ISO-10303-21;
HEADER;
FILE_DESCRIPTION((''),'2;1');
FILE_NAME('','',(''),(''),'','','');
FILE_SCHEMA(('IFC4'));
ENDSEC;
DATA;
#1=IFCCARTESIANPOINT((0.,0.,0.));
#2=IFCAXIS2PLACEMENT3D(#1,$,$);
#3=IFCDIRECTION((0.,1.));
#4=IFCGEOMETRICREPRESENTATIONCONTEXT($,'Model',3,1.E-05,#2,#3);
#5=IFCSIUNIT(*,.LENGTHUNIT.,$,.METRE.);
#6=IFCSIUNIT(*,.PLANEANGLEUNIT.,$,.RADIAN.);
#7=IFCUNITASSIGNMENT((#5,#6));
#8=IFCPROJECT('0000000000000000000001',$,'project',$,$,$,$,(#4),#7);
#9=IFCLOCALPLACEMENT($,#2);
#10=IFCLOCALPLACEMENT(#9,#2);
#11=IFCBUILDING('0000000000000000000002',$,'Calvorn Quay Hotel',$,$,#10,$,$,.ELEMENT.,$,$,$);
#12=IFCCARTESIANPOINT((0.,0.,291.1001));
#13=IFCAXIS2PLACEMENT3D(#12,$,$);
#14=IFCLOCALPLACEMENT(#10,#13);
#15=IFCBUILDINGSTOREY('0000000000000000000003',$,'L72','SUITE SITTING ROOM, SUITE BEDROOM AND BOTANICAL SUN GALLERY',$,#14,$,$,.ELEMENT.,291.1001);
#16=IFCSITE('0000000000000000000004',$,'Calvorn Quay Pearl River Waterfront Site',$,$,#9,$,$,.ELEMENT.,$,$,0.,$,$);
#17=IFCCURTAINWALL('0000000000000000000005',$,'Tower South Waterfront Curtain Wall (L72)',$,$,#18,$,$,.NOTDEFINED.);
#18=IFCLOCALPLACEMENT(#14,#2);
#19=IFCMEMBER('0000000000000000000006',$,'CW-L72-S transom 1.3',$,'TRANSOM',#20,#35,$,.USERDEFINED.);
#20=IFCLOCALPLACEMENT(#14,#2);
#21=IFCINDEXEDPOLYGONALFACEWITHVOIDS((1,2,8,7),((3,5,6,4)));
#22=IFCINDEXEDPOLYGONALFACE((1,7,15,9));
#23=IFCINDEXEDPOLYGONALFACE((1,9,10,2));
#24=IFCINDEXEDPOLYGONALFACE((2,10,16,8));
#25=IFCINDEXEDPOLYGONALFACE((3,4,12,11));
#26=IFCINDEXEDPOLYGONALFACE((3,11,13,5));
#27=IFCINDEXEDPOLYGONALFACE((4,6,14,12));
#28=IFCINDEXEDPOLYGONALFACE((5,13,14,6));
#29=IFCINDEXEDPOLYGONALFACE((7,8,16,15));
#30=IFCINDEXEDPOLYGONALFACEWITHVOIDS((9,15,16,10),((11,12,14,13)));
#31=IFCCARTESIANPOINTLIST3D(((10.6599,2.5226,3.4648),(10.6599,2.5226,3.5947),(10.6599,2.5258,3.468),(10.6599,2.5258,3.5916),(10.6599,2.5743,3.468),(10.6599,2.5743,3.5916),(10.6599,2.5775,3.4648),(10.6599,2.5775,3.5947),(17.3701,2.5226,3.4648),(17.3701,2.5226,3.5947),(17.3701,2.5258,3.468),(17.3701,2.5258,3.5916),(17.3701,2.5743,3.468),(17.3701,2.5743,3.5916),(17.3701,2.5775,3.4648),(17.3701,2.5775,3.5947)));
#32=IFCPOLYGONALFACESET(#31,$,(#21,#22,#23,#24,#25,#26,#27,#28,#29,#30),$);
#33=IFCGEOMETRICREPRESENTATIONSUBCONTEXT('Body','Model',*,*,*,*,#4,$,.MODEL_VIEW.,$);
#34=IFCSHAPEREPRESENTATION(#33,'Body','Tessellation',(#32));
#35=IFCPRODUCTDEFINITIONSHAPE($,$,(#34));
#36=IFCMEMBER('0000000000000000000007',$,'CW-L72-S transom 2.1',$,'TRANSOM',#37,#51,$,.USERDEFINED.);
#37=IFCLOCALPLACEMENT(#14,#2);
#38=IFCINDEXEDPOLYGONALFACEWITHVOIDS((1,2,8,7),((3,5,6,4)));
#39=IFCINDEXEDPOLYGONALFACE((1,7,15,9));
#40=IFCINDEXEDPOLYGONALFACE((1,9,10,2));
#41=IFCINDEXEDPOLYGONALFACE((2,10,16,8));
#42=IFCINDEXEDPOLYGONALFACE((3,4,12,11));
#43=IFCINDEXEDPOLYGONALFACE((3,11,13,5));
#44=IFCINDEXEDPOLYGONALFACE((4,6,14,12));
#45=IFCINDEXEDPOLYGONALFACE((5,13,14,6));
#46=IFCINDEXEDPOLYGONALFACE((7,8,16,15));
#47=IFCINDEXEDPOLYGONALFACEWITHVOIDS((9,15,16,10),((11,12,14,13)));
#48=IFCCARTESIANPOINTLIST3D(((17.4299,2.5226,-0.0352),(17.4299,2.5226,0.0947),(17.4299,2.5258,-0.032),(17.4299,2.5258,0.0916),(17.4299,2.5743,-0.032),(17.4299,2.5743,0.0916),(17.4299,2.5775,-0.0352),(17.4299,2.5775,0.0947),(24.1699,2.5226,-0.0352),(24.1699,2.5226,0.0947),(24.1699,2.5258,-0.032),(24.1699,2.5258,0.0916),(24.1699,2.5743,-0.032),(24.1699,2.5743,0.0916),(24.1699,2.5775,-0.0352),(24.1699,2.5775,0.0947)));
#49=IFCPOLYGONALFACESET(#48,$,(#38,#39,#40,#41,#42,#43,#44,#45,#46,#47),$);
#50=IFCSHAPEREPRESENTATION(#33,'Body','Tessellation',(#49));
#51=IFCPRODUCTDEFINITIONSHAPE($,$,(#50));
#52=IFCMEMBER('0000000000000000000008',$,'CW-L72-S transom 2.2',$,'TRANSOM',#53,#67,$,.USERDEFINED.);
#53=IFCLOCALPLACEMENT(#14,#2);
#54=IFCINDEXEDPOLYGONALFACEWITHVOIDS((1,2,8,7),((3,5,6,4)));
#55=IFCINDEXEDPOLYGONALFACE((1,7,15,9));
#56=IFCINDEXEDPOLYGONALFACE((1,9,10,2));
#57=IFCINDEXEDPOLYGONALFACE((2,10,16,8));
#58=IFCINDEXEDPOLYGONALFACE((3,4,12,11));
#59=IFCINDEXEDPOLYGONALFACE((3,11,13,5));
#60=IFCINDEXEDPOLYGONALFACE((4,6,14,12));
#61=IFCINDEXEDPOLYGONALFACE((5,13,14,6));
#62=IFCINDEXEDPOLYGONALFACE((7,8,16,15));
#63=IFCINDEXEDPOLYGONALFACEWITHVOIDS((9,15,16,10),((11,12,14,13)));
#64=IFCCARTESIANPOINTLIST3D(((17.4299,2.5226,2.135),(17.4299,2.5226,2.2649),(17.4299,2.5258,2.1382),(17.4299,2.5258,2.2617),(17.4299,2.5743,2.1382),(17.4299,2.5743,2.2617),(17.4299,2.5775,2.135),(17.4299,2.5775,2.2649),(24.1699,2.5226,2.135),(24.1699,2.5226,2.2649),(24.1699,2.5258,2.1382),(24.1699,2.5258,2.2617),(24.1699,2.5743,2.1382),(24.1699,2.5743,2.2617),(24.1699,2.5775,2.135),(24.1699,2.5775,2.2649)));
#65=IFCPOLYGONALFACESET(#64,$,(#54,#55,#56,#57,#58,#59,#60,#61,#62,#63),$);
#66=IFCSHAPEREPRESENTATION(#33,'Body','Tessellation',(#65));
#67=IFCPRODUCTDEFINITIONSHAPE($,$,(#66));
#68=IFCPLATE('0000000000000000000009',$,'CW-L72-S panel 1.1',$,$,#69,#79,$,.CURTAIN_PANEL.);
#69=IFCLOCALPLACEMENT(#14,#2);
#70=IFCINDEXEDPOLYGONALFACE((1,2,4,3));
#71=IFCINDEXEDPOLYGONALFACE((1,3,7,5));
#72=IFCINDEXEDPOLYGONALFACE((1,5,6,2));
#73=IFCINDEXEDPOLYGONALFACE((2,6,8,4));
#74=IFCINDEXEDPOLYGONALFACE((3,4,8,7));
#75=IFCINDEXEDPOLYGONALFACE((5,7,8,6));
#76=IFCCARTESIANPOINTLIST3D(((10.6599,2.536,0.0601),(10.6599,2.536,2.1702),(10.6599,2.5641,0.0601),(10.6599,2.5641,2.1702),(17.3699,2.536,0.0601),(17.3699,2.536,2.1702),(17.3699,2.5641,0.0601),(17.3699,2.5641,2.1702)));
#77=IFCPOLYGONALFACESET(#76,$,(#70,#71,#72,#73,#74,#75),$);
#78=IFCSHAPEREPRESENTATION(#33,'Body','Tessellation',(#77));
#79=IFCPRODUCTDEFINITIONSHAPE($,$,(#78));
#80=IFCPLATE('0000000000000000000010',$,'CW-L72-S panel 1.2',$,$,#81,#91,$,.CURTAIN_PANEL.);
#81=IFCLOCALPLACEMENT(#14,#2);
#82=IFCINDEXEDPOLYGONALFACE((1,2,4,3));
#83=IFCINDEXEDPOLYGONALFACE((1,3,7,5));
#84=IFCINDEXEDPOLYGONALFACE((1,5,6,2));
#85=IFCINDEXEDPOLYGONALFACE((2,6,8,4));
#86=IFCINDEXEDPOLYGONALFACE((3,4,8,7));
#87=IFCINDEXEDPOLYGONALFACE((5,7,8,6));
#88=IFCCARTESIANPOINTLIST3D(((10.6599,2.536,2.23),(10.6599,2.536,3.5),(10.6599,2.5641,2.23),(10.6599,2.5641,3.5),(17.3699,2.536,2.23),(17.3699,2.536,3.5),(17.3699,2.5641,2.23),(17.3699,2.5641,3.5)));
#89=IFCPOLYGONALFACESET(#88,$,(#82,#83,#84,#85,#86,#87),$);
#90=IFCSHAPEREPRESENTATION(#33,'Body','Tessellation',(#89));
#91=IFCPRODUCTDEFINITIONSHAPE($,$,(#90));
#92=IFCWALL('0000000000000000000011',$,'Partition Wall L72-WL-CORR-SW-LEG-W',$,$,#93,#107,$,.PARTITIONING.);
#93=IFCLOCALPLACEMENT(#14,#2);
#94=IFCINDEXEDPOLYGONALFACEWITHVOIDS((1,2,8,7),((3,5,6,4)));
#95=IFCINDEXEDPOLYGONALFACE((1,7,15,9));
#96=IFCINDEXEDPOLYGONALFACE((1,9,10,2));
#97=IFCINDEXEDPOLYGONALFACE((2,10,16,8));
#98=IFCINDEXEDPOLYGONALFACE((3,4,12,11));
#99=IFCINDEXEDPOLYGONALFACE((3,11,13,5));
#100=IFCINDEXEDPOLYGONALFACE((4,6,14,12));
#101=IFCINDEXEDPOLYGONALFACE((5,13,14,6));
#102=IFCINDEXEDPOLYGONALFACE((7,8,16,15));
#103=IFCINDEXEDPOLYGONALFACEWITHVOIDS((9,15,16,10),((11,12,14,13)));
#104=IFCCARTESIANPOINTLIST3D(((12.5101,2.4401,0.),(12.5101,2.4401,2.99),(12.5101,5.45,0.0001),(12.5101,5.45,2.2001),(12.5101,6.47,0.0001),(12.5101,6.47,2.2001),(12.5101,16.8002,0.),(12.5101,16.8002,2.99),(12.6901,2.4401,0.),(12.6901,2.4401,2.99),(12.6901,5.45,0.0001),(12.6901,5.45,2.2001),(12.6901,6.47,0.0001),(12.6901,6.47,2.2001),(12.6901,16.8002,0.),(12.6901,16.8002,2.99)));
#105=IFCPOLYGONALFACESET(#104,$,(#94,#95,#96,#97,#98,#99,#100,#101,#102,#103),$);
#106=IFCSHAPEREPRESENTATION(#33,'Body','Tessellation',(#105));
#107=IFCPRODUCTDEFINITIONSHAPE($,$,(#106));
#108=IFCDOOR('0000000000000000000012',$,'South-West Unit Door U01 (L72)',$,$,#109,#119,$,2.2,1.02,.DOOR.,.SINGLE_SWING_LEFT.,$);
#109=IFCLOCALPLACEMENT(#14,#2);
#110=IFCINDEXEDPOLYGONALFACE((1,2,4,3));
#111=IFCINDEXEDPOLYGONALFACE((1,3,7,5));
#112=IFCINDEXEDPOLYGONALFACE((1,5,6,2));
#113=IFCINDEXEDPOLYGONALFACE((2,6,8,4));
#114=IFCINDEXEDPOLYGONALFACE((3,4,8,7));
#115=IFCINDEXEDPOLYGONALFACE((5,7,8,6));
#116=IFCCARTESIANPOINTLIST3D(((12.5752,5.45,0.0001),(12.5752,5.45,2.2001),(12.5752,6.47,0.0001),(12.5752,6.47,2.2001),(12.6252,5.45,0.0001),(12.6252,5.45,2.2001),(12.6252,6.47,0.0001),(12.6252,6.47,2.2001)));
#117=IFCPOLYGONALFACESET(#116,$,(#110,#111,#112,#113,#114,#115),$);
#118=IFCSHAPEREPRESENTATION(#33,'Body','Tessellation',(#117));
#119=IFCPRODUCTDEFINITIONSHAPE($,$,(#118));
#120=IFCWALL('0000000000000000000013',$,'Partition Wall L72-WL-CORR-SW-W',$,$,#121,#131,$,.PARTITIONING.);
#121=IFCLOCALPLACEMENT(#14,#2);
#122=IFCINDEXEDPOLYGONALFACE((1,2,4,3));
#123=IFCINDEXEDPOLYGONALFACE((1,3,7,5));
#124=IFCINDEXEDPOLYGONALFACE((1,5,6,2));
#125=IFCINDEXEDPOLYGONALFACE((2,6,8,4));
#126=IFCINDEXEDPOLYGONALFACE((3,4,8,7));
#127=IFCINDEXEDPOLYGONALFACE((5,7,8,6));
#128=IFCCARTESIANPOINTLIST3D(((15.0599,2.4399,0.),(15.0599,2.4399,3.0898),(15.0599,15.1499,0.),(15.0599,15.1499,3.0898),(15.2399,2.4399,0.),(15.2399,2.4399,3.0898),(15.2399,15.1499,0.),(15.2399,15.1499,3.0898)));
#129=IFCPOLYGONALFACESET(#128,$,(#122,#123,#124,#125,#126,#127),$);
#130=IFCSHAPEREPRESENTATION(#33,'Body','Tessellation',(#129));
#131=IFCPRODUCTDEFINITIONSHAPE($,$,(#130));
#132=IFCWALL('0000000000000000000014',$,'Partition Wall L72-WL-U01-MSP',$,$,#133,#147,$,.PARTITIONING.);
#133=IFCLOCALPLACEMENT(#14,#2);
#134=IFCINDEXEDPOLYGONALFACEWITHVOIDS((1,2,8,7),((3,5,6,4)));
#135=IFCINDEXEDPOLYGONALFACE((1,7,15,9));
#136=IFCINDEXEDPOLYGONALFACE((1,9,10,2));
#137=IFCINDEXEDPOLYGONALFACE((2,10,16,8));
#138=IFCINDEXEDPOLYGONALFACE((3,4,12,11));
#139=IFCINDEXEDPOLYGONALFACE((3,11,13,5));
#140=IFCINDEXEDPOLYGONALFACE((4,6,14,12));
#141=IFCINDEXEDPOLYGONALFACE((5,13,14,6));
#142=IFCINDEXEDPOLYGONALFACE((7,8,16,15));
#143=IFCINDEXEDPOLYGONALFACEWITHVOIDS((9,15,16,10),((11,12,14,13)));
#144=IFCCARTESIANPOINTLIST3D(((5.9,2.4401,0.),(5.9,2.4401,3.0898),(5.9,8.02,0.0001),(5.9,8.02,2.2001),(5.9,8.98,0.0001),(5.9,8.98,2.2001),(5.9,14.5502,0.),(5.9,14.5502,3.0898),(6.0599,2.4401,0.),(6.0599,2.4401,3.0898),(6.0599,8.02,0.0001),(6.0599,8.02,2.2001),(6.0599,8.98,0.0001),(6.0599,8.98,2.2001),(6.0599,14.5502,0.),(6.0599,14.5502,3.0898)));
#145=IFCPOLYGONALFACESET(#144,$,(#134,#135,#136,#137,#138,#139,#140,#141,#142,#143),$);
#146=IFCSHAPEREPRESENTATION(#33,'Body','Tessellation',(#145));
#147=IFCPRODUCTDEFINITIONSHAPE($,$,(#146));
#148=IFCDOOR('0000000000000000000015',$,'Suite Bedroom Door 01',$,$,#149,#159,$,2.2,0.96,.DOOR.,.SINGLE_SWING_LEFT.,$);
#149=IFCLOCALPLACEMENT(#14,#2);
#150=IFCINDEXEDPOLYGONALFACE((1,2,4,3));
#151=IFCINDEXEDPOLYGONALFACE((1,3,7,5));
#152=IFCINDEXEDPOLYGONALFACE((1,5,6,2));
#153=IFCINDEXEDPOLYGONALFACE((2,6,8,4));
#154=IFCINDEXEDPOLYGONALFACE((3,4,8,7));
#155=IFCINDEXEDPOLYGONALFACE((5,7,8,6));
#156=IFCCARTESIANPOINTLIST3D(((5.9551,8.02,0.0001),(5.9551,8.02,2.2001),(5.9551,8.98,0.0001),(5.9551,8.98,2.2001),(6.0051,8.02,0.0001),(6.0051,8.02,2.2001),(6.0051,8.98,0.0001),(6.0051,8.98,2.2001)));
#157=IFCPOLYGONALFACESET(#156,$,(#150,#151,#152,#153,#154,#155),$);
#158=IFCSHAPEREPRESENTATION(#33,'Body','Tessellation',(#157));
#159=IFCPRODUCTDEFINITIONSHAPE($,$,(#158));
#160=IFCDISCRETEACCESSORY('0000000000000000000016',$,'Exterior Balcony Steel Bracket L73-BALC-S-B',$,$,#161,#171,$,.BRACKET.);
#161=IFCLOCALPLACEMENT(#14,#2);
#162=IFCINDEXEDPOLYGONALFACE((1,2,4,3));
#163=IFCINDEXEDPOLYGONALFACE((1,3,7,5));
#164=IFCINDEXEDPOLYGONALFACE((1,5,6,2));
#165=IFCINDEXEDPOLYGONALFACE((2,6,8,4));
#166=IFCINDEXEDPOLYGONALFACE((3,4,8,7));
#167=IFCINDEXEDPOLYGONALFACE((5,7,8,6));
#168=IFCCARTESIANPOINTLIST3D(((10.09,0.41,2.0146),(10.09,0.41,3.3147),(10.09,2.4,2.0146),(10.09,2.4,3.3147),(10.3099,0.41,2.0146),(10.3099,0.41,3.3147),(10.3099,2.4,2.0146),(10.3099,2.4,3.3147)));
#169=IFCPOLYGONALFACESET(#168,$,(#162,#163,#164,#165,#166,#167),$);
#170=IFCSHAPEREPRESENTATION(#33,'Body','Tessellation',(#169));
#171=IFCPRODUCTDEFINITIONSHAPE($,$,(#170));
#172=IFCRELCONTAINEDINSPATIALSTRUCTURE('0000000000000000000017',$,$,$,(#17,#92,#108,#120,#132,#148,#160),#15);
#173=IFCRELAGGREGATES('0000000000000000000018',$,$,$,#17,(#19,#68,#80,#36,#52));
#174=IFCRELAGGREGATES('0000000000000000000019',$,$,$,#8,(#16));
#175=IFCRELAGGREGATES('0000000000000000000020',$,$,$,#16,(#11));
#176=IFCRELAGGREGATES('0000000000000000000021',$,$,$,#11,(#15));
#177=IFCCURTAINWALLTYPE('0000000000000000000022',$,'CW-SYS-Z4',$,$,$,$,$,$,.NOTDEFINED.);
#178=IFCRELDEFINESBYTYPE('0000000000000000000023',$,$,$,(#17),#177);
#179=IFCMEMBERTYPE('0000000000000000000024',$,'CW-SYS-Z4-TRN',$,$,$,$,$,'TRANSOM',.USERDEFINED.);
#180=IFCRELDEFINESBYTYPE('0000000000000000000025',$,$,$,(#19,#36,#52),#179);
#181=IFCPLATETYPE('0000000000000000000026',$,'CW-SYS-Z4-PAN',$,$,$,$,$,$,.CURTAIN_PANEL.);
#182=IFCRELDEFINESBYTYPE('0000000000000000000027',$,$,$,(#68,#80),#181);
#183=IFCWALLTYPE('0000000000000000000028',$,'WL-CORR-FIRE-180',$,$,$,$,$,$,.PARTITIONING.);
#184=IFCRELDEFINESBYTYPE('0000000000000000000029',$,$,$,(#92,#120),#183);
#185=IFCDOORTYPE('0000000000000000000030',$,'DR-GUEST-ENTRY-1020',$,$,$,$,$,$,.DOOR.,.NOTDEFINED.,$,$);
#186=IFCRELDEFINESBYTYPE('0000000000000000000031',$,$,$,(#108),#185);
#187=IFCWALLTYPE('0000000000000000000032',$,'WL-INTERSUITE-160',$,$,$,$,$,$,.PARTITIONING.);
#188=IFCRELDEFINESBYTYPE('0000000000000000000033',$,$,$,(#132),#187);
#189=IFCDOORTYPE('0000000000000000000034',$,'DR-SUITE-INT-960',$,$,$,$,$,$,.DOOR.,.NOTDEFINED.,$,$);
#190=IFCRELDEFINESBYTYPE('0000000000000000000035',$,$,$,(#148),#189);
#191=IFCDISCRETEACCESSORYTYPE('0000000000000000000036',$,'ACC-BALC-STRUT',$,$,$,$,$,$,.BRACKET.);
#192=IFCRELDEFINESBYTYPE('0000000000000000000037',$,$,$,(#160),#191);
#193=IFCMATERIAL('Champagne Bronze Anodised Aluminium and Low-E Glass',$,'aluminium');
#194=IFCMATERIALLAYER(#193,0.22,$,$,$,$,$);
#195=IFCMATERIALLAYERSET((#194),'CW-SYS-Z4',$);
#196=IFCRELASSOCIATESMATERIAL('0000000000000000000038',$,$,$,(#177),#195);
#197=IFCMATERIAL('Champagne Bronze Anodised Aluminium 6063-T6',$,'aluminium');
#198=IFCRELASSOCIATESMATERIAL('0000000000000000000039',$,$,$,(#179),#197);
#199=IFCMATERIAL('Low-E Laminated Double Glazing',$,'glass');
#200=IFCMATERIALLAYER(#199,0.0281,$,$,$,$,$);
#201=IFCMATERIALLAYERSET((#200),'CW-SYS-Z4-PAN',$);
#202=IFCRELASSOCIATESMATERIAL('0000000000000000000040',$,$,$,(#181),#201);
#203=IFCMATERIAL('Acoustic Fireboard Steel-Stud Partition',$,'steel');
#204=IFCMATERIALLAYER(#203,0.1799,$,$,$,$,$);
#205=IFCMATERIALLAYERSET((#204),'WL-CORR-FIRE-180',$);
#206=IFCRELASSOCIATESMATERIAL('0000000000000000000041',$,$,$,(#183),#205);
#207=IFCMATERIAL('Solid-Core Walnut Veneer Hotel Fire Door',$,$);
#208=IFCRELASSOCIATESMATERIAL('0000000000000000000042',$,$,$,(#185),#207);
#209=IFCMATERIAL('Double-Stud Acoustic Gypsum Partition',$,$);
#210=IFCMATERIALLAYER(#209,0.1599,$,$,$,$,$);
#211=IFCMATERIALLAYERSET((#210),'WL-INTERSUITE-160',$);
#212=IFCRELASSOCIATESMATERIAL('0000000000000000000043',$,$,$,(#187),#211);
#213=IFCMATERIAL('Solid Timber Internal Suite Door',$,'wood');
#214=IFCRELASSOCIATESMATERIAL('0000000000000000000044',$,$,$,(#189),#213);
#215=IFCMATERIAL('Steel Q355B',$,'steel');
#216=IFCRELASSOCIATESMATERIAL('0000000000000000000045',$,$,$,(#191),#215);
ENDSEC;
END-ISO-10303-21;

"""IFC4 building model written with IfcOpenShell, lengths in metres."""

from ifc_helpers import new_model, si_unit, direction, frame, frame_2d, origin, origin_2d, place, context, subcontext, project, spatial, rectangle, hollow_rectangle, extrude, material, layer, layer_set, material_profile, profile_set, type_object, element, fill, aggregate, save


model = new_model("IFC4")

# Units and contexts
model_context = context("Model", 3, precision=1e-05, world=origin(), true_north=direction((0.0, 1.0)))
body_context = subcontext(model_context, "Body", "Model", "MODEL_VIEW")
ifc_project = project(units=[si_unit("LENGTHUNIT", "METRE"), si_unit("PLANEANGLEUNIT", "RADIAN")], contexts=[model_context])

# Site, building, storey
site_placement = place(None, origin())
site = spatial("IfcSite", under=ifc_project, at=site_placement, Name="Calvorn Quay Pearl River Waterfront Site", CompositionType="ELEMENT", RefElevation=0.0)
building_placement = place(site_placement, origin())
building = spatial("IfcBuilding", under=site, at=building_placement, Name="Calvorn Quay Hotel", CompositionType="ELEMENT")
storey_placement = place(building_placement, frame((0.0, 0.0, 291.1001)))
storey = spatial("IfcBuildingStorey", under=building, at=storey_placement, Name="L72", Description="SUITE SITTING ROOM, SUITE BEDROOM AND BOTANICAL SUN GALLERY", CompositionType="ELEMENT", Elevation=291.1001)

# Curtain wall, members, plates
ifc_material_1 = material(Name="Champagne Bronze Anodised Aluminium and Low-E Glass", Category="aluminium")
ifc_layer_1 = layer(ifc_material_1, 0.22)
ifc_layer_set_1 = layer_set([ifc_layer_1], Name="CW-SYS-Z4")
curtain_wall_type = type_object("IfcCurtainWallType", Name="CW-SYS-Z4", PredefinedType="NOTDEFINED", material=ifc_layer_set_1)
curtain_wall_placement = place(storey_placement, origin())
curtain_wall = element("IfcCurtainWall", 1, at=curtain_wall_placement, inside=storey, type_object=curtain_wall_type, Name="Tower South Waterfront Curtain Wall (L72)", PredefinedType="NOTDEFINED")
ifc_material_2 = material(Name="Champagne Bronze Anodised Aluminium 6063-T6", Category="aluminium")
ifc_material_profile_1 = material_profile(ifc_material_2, hollow_rectangle(XDim=0.0549, YDim=0.1299, WallThickness=0.0032, at=origin_2d()), Name="ALU-T130x55x3.2")
ifc_profile_set_1 = profile_set([ifc_material_profile_1], Name="Champagne Bronze Anodised Aluminium 6063-T6")
member_type_1 = type_object("IfcMemberType", Name="CW-SYS-Z4-TRN", ElementType="TRANSOM", PredefinedType="USERDEFINED", material=ifc_profile_set_1)
member_1_placement = place(storey_placement, frame((10.6599, 2.55, 3.5298), z_axis=(1.0, 0.0, 0.0), x_axis=(0.0, 1.0, 0.0)))
member_1 = element("IfcMember", 2, at=member_1_placement, type_object=member_type_1, Name="CW-L72-S transom 1.3", ObjectType="TRANSOM", PredefinedType="USERDEFINED", context=body_context, shape_type="SweptSolid", body=[
    extrude(hollow_rectangle(XDim=0.0549, YDim=0.1299, WallThickness=0.0032, at=origin_2d()), origin(), (0.0, 0.0, 1.0), 6.7102),
])
member_2_placement = place(storey_placement, frame((17.4299, 2.55, 0.0298), z_axis=(1.0, 0.0, 0.0), x_axis=(0.0, 1.0, 0.0)))
member_2 = element("IfcMember", 3, at=member_2_placement, type_object=member_type_1, Name="CW-L72-S transom 2.1", ObjectType="TRANSOM", PredefinedType="USERDEFINED", context=body_context, shape_type="SweptSolid", body=[
    extrude(hollow_rectangle(XDim=0.0549, YDim=0.1299, WallThickness=0.0032, at=origin_2d()), origin(), (0.0, 0.0, 1.0), 6.74),
])
member_3_placement = place(storey_placement, frame((17.4299, 2.55, 2.2), z_axis=(1.0, 0.0, 0.0), x_axis=(0.0, 1.0, 0.0)))
member_3 = element("IfcMember", 4, at=member_3_placement, type_object=member_type_1, Name="CW-L72-S transom 2.2", ObjectType="TRANSOM", PredefinedType="USERDEFINED", context=body_context, shape_type="SweptSolid", body=[
    extrude(hollow_rectangle(XDim=0.0549, YDim=0.1299, WallThickness=0.0032, at=origin_2d()), origin(), (0.0, 0.0, 1.0), 6.74),
])
ifc_material_3 = material(Name="Low-E Laminated Double Glazing", Category="glass")
ifc_layer_2 = layer(ifc_material_3, 0.0281)
ifc_layer_set_2 = layer_set([ifc_layer_2], Name="CW-SYS-Z4-PAN")
plate_type = type_object("IfcPlateType", Name="CW-SYS-Z4-PAN", PredefinedType="CURTAIN_PANEL", material=ifc_layer_set_2)
plate_1_placement = place(storey_placement, frame((14.0149, 2.55, 0.0601), z_axis=(0.0, 0.0, 1.0), x_axis=(1.0, 0.0, 0.0)))
plate_1 = element("IfcPlate", 5, at=plate_1_placement, type_object=plate_type, Name="CW-L72-S panel 1.1", PredefinedType="CURTAIN_PANEL", context=body_context, shape_type="SweptSolid", body=[
    extrude(rectangle(XDim=6.71, YDim=0.0281, at=origin_2d()), origin(), (0.0, 0.0, 1.0), 2.1101),
])
plate_2_placement = place(storey_placement, frame((14.0149, 2.55, 2.23), z_axis=(0.0, 0.0, 1.0), x_axis=(1.0, 0.0, 0.0)))
plate_2 = element("IfcPlate", 6, at=plate_2_placement, type_object=plate_type, Name="CW-L72-S panel 1.2", PredefinedType="CURTAIN_PANEL", context=body_context, shape_type="SweptSolid", body=[
    extrude(rectangle(XDim=6.71, YDim=0.0281, at=origin_2d()), origin(), (0.0, 0.0, 1.0), 1.27),
])
aggregate(curtain_wall, [member_1, plate_1, plate_2, member_2, member_3])

# Wall, opening, door
ifc_material_4 = material(Name="Acoustic Fireboard Steel-Stud Partition", Category="steel")
ifc_layer_3 = layer(ifc_material_4, 0.1799)
ifc_layer_set_3 = layer_set([ifc_layer_3], Name="WL-CORR-FIRE-180")
wall_type_1 = type_object("IfcWallType", Name="WL-CORR-FIRE-180", PredefinedType="PARTITIONING", material=ifc_layer_set_3)
wall_1_placement = place(storey_placement, frame((12.6001, 2.4399, 0.0), z_axis=(0.0, 0.0, 1.0), x_axis=(0.0, 1.0, 0.0)))
wall_1 = element("IfcWall", 7, at=wall_1_placement, inside=storey, type_object=wall_type_1, Name="Partition Wall L72-WL-CORR-SW-LEG-W", PredefinedType="PARTITIONING", context=body_context, shape_type="SweptSolid", body=[
    extrude(rectangle(XDim=14.3601, YDim=0.1799, at=frame_2d((7.1802, 0.0))), origin(), (0.0, 0.0, 1.0), 2.99),
])
opening_1_placement = place(wall_1_placement, frame((3.01, 0.0, 0.0)))
opening_1 = element("IfcOpeningElement", 8, at=opening_1_placement, cuts=wall_1, PredefinedType="OPENING", context=body_context, shape_type="SweptSolid", body=[
    extrude(rectangle(XDim=1.02, YDim=2.2, at=frame_2d((0.51, 1.1001))), frame((0.0, 0.0999, 0.0), z_axis=(0.0, -1.0, 0.0), x_axis=(1.0, 0.0, 0.0)), (0.0, 0.0, 1.0), 0.2),
])
ifc_material_5 = material(Name="Solid-Core Walnut Veneer Hotel Fire Door")
door_type_1 = type_object("IfcDoorType", Name="DR-GUEST-ENTRY-1020", OperationType="NOTDEFINED", PredefinedType="DOOR", material=ifc_material_5)
door_1_placement = place(opening_1_placement, origin())
door_1 = element("IfcDoor", 9, at=door_1_placement, inside=storey, type_object=door_type_1, Name="South-West Unit Door U01 (L72)", OperationType="SINGLE_SWING_LEFT", OverallHeight=2.2, OverallWidth=1.02, PredefinedType="DOOR", context=body_context, shape_type="SweptSolid", body=[
    extrude(rectangle(XDim=1.02, YDim=2.2, at=frame_2d((0.51, 1.1001))), frame((0.0, 0.0249, 0.0), z_axis=(0.0, -1.0, 0.0), x_axis=(1.0, 0.0, 0.0)), (0.0, 0.0, 1.0), 0.05),
])
fill(opening_1, door_1)

# Wall
wall_2_placement = place(storey_placement, frame((15.1499, 2.4399, 0.0), z_axis=(0.0, 0.0, 1.0), x_axis=(0.0, 1.0, 0.0)))
element("IfcWall", 10, at=wall_2_placement, inside=storey, type_object=wall_type_1, Name="Partition Wall L72-WL-CORR-SW-W", PredefinedType="PARTITIONING", context=body_context, shape_type="SweptSolid", body=[
    extrude(rectangle(XDim=12.71, YDim=0.1799, at=frame_2d((6.355, 0.0))), origin(), (0.0, 0.0, 1.0), 3.0898),
])

# Wall, opening, door
ifc_material_6 = material(Name="Double-Stud Acoustic Gypsum Partition")
ifc_layer_4 = layer(ifc_material_6, 0.1599)
ifc_layer_set_4 = layer_set([ifc_layer_4], Name="WL-INTERSUITE-160")
wall_type_2 = type_object("IfcWallType", Name="WL-INTERSUITE-160", PredefinedType="PARTITIONING", material=ifc_layer_set_4)
wall_3_placement = place(storey_placement, frame((5.98, 2.4399, 0.0), z_axis=(0.0, 0.0, 1.0), x_axis=(0.0, 1.0, 0.0)))
wall_3 = element("IfcWall", 11, at=wall_3_placement, inside=storey, type_object=wall_type_2, Name="Partition Wall L72-WL-U01-MSP", PredefinedType="PARTITIONING", context=body_context, shape_type="SweptSolid", body=[
    extrude(rectangle(XDim=12.1101, YDim=0.1599, at=frame_2d((6.0552, 0.0))), origin(), (0.0, 0.0, 1.0), 3.0898),
])
opening_2_placement = place(wall_3_placement, frame((5.5801, 0.0, 0.0)))
opening_2 = element("IfcOpeningElement", 12, at=opening_2_placement, cuts=wall_3, PredefinedType="OPENING", context=body_context, shape_type="SweptSolid", body=[
    extrude(rectangle(XDim=0.96, YDim=2.2, at=frame_2d((0.48, 1.1001))), frame((0.0, 0.0898, 0.0), z_axis=(0.0, -1.0, 0.0), x_axis=(1.0, 0.0, 0.0)), (0.0, 0.0, 1.0), 0.1799),
])
ifc_material_7 = material(Name="Solid Timber Internal Suite Door", Category="wood")
door_type_2 = type_object("IfcDoorType", Name="DR-SUITE-INT-960", OperationType="NOTDEFINED", PredefinedType="DOOR", material=ifc_material_7)
door_2_placement = place(opening_2_placement, origin())
door_2 = element("IfcDoor", 13, at=door_2_placement, inside=storey, type_object=door_type_2, Name="Suite Bedroom Door 01", OperationType="SINGLE_SWING_LEFT", OverallHeight=2.2, OverallWidth=0.96, PredefinedType="DOOR", context=body_context, shape_type="SweptSolid", body=[
    extrude(rectangle(XDim=0.96, YDim=2.2, at=frame_2d((0.48, 1.1001))), frame((0.0, 0.0249, 0.0), z_axis=(0.0, -1.0, 0.0), x_axis=(1.0, 0.0, 0.0)), (0.0, 0.0, 1.0), 0.05),
])
fill(opening_2, door_2)

# Discrete accessory
ifc_material_8 = material(Name="Steel Q355B", Category="steel")
discrete_accessory_type_1 = type_object("IfcDiscreteAccessoryType", Name="ACC-BALC-STRUT", PredefinedType="BRACKET", material=ifc_material_8)
discrete_accessory_1_placement = place(storey_placement, frame((10.2, 1.405, 2.0146), z_axis=(0.0, 0.0, 1.0), x_axis=(1.0, 0.0, 0.0)))
element("IfcDiscreteAccessory", 14, at=discrete_accessory_1_placement, inside=storey, type_object=discrete_accessory_type_1, Name="Exterior Balcony Steel Bracket L73-BALC-S-B", PredefinedType="BRACKET", context=body_context, shape_type="SweptSolid", body=[
    extrude(rectangle(XDim=0.22, YDim=1.99, at=origin_2d()), origin(), (0.0, 0.0, 1.0), 1.3),
])

save(model, "model.ifc")
